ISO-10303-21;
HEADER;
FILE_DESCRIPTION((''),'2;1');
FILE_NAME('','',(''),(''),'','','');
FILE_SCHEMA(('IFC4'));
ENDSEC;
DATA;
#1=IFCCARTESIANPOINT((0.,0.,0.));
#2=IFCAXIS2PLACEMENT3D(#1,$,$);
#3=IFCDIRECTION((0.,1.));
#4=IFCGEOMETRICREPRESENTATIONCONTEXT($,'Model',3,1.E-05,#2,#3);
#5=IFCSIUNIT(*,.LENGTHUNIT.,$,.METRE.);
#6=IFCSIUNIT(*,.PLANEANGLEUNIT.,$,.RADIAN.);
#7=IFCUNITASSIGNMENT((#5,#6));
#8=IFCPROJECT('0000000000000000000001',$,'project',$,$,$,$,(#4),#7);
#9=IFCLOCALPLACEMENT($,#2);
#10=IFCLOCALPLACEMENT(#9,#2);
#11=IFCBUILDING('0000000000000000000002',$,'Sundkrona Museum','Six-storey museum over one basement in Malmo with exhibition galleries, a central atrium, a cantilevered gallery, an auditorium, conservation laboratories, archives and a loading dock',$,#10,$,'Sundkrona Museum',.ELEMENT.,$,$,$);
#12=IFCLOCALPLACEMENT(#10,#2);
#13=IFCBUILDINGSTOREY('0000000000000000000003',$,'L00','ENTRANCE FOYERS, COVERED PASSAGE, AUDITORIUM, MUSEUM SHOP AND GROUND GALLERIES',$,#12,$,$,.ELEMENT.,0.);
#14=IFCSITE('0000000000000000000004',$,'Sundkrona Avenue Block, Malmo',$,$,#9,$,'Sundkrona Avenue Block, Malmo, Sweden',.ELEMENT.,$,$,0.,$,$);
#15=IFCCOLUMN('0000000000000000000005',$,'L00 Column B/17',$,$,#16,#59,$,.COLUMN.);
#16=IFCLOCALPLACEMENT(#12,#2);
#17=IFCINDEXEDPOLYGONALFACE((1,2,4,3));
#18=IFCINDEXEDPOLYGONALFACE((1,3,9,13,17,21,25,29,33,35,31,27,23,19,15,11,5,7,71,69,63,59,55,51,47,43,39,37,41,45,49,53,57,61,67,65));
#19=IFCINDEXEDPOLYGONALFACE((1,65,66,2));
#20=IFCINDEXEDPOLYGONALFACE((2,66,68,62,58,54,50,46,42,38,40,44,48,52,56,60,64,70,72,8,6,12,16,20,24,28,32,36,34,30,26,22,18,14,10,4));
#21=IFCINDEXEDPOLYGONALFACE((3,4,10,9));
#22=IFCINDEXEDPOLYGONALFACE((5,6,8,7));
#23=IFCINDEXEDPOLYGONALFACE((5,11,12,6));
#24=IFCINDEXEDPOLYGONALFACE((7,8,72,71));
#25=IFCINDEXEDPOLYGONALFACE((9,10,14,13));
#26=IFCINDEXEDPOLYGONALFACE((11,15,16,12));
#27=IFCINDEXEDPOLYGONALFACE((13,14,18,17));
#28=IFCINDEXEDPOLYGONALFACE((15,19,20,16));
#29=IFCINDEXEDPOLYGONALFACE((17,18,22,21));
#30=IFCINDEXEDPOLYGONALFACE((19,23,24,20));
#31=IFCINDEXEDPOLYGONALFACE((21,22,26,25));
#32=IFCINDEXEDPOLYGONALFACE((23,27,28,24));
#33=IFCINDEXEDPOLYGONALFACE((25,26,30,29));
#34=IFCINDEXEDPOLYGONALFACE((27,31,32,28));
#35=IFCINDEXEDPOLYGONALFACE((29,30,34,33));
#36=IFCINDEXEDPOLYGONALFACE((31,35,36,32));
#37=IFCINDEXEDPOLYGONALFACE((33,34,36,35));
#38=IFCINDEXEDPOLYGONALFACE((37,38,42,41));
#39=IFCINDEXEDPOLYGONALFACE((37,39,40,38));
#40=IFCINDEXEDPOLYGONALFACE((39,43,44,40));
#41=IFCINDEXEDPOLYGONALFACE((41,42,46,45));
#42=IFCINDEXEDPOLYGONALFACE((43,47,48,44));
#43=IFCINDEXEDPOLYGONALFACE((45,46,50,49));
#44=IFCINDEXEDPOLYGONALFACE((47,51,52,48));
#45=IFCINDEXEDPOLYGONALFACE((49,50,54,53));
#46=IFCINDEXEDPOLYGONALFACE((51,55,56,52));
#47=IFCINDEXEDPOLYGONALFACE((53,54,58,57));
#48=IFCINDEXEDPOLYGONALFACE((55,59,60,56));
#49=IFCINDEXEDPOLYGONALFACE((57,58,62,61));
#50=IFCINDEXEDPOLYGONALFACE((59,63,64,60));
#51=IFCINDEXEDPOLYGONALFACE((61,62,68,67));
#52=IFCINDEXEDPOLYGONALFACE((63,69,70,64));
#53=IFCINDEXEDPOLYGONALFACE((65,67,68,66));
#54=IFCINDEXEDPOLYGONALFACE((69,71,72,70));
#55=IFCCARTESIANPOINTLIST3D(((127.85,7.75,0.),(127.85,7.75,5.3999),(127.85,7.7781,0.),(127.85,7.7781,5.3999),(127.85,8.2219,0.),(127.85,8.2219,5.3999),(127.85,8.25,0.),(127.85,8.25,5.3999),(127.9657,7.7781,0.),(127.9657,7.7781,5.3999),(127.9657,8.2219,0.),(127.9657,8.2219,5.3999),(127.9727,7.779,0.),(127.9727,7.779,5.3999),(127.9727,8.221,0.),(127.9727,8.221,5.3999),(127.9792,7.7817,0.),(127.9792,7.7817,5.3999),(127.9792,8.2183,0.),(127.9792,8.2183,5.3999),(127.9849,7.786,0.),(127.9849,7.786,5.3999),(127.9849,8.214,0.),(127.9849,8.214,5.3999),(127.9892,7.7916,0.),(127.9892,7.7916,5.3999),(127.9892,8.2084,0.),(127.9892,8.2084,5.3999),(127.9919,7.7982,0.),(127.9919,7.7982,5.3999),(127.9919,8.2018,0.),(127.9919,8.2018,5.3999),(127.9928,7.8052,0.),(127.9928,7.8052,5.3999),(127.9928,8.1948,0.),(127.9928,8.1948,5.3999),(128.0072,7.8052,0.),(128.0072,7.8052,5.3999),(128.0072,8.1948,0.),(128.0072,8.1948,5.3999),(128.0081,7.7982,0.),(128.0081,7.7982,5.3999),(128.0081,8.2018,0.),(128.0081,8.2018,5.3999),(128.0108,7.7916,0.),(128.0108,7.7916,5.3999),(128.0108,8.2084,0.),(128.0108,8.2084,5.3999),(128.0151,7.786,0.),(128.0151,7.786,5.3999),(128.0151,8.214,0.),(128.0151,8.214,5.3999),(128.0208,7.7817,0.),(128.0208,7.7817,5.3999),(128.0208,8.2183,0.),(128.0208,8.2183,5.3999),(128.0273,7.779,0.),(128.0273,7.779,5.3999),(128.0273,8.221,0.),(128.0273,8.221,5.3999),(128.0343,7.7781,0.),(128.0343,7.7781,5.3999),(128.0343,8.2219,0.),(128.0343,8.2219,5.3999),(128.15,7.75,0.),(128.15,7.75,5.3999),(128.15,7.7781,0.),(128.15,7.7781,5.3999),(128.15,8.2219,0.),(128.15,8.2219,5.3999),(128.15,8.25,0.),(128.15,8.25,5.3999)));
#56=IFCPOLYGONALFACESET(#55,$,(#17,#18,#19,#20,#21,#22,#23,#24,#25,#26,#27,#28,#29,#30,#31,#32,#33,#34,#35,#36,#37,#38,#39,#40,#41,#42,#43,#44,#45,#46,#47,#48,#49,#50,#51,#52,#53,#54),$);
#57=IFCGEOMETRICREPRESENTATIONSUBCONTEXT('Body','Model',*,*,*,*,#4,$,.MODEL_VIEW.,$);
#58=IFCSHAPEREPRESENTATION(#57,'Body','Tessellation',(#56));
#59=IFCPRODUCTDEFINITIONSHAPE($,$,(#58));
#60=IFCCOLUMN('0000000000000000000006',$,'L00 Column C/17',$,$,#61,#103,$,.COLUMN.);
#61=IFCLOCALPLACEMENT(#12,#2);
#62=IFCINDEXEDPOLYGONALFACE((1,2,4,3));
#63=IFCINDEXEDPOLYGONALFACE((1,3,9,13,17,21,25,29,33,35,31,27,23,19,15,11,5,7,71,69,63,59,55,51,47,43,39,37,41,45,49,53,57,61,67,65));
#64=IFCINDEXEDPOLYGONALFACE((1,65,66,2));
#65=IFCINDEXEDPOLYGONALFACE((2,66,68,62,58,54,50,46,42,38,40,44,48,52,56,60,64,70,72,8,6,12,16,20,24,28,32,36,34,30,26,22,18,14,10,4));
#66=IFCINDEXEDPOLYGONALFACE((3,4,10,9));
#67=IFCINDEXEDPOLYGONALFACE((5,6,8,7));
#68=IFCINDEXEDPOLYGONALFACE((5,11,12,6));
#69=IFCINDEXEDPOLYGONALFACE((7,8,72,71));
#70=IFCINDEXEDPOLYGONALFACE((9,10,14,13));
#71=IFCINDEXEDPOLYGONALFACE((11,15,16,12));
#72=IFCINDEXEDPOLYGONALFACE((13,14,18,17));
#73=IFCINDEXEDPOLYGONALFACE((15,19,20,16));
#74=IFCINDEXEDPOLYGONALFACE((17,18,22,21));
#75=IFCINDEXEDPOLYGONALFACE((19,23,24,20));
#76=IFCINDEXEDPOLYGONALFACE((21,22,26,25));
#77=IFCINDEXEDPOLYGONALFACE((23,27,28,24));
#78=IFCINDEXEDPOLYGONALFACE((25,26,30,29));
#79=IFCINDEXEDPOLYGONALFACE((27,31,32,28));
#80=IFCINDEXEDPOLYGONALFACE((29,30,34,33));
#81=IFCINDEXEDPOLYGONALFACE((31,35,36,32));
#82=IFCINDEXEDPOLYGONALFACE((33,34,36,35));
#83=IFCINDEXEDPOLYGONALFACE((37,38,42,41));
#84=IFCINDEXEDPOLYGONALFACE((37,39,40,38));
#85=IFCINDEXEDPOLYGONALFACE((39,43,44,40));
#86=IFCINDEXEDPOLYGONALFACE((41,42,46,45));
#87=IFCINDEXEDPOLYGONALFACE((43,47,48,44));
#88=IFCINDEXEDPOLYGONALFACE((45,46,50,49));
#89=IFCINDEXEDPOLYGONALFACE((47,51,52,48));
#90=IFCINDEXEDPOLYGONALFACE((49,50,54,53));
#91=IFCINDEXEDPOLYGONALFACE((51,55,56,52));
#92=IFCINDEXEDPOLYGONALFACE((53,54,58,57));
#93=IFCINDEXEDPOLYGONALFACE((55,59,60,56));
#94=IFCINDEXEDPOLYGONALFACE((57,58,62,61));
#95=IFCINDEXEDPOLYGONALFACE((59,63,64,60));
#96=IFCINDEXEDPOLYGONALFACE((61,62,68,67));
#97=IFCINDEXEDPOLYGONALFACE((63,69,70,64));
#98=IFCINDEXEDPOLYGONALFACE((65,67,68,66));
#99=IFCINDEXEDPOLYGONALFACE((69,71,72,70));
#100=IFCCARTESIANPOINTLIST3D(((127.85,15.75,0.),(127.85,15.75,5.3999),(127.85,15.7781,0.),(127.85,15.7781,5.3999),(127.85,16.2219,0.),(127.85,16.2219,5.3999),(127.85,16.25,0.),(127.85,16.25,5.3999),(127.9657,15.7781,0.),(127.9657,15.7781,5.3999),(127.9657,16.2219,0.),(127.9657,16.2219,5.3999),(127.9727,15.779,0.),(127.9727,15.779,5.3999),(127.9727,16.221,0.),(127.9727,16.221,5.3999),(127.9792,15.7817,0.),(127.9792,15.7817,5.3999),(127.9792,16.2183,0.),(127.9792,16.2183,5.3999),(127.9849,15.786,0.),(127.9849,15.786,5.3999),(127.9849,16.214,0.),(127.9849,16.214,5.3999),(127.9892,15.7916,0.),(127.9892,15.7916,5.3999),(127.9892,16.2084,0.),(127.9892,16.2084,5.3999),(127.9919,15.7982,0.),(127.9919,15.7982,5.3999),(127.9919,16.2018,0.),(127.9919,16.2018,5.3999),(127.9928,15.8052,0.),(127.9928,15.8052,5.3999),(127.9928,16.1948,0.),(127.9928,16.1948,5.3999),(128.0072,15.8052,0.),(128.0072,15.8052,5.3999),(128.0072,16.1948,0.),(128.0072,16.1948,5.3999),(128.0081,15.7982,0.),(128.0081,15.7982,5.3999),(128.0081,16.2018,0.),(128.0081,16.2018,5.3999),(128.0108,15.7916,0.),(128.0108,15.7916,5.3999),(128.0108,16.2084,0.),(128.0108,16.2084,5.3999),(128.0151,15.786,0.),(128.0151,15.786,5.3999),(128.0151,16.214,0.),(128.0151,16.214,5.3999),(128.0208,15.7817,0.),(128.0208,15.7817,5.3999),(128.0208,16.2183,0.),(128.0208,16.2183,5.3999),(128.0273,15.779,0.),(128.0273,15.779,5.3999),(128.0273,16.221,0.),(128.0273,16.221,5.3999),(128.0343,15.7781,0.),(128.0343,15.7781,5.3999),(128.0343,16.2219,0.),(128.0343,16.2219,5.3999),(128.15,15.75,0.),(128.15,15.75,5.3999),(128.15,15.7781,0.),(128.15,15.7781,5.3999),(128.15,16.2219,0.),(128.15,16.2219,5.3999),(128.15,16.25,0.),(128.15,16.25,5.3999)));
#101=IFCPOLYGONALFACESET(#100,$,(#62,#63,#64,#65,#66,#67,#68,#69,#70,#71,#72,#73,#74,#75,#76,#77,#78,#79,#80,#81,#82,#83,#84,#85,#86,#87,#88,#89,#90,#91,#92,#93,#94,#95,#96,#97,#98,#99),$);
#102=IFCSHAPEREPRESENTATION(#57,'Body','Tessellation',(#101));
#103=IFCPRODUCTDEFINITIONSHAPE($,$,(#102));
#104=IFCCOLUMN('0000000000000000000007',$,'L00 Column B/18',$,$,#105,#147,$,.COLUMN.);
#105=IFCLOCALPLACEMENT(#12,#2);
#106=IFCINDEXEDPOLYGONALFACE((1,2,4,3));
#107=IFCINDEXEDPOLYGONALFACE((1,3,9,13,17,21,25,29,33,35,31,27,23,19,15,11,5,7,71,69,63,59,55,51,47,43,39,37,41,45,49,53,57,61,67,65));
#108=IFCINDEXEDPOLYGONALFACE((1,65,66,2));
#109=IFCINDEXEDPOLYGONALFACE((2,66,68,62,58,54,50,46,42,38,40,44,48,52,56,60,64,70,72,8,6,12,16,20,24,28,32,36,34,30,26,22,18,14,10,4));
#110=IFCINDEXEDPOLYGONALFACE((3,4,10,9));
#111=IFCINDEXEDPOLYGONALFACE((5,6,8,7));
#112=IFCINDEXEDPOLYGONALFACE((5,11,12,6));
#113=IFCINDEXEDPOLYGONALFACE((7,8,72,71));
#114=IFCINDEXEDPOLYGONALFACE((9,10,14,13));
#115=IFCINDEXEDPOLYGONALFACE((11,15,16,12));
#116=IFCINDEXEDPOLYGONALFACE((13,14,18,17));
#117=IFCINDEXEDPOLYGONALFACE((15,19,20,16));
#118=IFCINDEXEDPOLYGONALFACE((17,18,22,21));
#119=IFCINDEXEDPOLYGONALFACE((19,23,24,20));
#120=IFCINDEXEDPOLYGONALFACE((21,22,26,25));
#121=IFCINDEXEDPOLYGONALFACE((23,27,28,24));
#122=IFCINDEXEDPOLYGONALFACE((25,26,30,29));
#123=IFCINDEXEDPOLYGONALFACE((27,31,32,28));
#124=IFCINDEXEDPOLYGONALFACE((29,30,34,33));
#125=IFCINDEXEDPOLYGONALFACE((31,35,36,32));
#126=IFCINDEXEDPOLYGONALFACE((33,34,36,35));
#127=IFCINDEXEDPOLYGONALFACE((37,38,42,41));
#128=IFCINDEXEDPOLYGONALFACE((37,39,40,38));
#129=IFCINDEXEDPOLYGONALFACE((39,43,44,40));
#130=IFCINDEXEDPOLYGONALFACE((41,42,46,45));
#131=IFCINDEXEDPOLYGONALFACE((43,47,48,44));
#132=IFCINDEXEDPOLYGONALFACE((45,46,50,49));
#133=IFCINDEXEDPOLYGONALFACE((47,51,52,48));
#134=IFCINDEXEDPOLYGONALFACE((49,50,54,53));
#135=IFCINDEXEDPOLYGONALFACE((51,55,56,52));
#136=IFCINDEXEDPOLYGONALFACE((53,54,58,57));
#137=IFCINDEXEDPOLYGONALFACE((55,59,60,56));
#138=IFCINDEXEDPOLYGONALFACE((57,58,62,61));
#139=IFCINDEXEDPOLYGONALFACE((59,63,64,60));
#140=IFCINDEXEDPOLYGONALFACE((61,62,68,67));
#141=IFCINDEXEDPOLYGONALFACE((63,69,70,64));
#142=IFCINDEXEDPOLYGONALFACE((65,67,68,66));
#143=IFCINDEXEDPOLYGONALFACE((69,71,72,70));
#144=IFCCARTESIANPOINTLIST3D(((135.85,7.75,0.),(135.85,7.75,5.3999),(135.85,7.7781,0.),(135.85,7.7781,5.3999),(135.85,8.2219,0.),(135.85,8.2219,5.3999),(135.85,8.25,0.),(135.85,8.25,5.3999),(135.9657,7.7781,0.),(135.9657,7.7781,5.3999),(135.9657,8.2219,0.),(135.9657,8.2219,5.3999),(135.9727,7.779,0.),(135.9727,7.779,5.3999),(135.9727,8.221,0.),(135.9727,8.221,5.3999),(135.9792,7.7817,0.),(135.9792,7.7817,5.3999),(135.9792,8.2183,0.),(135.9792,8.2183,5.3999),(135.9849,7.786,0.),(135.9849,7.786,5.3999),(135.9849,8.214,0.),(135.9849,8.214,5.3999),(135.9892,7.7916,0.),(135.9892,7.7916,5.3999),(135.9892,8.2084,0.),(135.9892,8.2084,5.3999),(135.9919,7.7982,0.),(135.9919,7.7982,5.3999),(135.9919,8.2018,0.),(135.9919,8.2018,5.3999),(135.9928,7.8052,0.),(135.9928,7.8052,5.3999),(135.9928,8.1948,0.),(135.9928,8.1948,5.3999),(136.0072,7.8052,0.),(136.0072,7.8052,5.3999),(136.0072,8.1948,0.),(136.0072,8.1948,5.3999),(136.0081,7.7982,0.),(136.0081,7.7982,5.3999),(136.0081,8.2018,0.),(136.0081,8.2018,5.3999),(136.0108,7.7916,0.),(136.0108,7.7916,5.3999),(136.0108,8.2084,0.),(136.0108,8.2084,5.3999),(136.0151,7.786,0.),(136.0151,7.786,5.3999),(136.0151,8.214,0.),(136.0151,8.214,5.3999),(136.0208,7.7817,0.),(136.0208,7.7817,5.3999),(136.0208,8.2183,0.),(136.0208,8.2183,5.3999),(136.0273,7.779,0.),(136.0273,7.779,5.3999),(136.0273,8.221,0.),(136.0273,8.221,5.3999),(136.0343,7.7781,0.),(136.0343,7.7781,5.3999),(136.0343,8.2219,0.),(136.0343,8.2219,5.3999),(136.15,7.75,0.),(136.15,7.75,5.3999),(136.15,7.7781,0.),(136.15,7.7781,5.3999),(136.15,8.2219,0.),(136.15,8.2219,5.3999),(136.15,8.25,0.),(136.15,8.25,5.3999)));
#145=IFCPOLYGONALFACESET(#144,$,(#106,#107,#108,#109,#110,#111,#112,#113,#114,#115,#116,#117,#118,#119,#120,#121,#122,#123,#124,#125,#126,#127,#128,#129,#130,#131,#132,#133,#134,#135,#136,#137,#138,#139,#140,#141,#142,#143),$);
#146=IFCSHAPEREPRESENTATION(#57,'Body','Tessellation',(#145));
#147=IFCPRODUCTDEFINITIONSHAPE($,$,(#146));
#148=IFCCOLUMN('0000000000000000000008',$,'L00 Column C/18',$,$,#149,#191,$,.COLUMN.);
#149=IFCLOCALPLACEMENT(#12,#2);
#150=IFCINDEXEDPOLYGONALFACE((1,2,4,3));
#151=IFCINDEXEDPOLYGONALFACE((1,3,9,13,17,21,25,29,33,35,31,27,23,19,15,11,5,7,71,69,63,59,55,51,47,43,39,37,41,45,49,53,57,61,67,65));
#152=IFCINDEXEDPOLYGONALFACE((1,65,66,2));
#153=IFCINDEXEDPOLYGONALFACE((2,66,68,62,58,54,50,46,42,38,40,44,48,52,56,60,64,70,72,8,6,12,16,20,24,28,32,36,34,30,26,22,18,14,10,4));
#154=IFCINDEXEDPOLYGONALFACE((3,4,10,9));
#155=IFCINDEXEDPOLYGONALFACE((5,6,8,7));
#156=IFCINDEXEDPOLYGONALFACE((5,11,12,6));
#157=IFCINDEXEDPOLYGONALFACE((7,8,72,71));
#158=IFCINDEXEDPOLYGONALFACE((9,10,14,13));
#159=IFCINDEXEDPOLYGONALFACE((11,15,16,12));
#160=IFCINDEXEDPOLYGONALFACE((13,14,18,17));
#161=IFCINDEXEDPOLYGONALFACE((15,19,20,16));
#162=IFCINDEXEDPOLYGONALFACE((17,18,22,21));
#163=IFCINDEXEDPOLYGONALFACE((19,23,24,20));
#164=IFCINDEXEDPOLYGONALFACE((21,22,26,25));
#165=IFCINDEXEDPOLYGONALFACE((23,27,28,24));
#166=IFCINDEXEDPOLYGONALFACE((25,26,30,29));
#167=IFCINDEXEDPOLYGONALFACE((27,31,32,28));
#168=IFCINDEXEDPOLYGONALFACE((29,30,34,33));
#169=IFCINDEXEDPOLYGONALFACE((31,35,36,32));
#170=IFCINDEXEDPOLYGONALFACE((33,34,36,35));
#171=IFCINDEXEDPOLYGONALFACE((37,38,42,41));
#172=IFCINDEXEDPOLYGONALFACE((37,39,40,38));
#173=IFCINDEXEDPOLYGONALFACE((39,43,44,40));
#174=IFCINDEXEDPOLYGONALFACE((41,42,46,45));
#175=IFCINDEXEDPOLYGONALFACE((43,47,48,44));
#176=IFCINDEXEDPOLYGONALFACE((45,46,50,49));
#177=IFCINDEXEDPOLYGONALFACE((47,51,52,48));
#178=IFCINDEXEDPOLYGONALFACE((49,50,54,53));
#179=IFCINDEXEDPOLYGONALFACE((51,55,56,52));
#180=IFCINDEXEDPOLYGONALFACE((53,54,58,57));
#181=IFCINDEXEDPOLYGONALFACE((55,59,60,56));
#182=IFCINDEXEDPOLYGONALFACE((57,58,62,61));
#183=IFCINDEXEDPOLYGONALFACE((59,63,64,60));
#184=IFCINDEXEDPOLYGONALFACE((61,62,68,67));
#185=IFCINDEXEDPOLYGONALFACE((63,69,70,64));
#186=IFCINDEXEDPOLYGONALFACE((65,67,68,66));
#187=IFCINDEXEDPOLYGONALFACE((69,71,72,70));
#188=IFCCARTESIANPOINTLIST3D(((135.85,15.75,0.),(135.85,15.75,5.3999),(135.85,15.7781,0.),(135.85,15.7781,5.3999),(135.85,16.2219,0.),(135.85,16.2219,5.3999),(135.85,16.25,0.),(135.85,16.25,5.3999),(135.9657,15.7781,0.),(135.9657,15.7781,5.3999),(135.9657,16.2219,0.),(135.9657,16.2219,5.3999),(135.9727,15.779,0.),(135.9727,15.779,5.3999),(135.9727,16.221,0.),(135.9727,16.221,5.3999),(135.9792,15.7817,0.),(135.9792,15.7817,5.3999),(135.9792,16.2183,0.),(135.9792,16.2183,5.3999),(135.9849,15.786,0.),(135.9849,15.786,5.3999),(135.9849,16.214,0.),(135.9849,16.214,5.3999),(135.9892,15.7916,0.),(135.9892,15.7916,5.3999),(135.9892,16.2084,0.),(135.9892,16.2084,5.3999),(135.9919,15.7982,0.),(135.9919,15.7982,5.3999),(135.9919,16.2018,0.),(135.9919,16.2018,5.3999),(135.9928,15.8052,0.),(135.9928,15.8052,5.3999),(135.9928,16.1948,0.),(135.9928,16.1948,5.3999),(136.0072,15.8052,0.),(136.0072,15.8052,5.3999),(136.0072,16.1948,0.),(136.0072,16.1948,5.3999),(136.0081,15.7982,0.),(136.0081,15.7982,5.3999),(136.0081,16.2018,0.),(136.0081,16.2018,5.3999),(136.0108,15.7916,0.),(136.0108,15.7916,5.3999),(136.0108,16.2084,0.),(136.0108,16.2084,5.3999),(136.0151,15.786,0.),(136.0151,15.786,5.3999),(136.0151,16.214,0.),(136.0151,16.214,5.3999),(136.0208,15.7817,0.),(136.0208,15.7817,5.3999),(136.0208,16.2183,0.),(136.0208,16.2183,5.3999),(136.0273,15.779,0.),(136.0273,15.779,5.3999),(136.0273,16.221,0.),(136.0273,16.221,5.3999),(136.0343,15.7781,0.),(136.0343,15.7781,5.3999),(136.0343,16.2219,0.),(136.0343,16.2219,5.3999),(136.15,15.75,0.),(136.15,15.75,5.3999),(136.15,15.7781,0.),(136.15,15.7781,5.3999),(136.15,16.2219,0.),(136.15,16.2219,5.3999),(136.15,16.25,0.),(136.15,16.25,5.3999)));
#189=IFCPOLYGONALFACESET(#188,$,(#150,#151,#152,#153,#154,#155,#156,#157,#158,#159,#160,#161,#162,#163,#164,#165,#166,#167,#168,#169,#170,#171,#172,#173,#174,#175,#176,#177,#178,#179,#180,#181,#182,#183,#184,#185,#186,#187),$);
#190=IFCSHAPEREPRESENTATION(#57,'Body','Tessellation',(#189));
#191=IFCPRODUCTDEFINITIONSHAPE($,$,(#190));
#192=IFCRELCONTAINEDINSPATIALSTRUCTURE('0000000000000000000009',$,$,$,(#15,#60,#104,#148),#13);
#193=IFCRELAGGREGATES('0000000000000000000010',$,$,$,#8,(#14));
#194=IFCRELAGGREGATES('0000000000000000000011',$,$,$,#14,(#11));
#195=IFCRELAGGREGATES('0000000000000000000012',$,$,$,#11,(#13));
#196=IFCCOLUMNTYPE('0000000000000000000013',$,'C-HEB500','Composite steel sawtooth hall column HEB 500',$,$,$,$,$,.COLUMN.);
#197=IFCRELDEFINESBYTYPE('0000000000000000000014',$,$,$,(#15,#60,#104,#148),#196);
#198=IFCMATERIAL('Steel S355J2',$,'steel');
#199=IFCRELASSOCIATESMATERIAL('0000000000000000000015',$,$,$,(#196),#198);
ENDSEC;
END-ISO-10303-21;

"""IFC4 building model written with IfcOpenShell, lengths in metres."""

from ifc_helpers import new_model, si_unit, direction, frame, origin, origin_2d, place, context, subcontext, project, spatial, i_section, extrude, material, material_profile, profile_set, type_object, element, save


model = new_model("IFC4")

# Units and contexts
model_context = context("Model", 3, precision=1e-05, world=origin(), true_north=direction((0.0, 1.0)))
body_context = subcontext(model_context, "Body", "Model", "MODEL_VIEW")
ifc_project = project(units=[si_unit("LENGTHUNIT", "METRE"), si_unit("PLANEANGLEUNIT", "RADIAN")], contexts=[model_context])

# Site, building, storey
site_placement = place(None, origin())
site = spatial("IfcSite", under=ifc_project, at=site_placement, Name="Sundkrona Avenue Block, Malmo", LongName="Sundkrona Avenue Block, Malmo, Sweden", CompositionType="ELEMENT", RefElevation=0.0)
building_placement = place(site_placement, origin())
building = spatial("IfcBuilding", under=site, at=building_placement, Name="Sundkrona Museum", Description="Six-storey museum over one basement in Malmo with exhibition galleries, a central atrium, a cantilevered gallery, an auditorium, conservation laboratories, archives and a loading dock", LongName="Sundkrona Museum", CompositionType="ELEMENT")
storey_placement = place(building_placement, origin())
storey = spatial("IfcBuildingStorey", under=building, at=storey_placement, Name="L00", Description="ENTRANCE FOYERS, COVERED PASSAGE, AUDITORIUM, MUSEUM SHOP AND GROUND GALLERIES", CompositionType="ELEMENT", Elevation=0.0)

# Columns
ifc_material_1 = material(Name="Steel S355J2", Category="steel")
ifc_material_profile_1 = material_profile(ifc_material_1, i_section(OverallWidth=0.3, OverallDepth=0.5, WebThickness=0.0144, FlangeThickness=0.0281, FilletRadius=0.0271, at=origin_2d()), Name="HEB 500")
ifc_profile_set_1 = profile_set([ifc_material_profile_1], Name="Steel S355J2")
column_type = type_object("IfcColumnType", Name="C-HEB500", Description="Composite steel sawtooth hall column HEB 500", PredefinedType="COLUMN", material=ifc_profile_set_1)
for number, where, z_axis, x_axis, name in (
    (1, (128.0, 8.0, 0.0), (0.0, 0.0, 1.0), (1.0, 0.0, 0.0), "L00 Column B/17"),
    (2, (128.0, 16.0, 0.0), (0.0, 0.0, 1.0), (1.0, 0.0, 0.0), "L00 Column C/17"),
    (3, (136.0, 8.0, 0.0), (0.0, 0.0, 1.0), (1.0, 0.0, 0.0), "L00 Column B/18"),
    (4, (136.0, 16.0, 0.0), (0.0, 0.0, 1.0), (1.0, 0.0, 0.0), "L00 Column C/18"),
):
    element("IfcColumn", number, at=place(storey_placement, frame(where, z_axis=z_axis, x_axis=x_axis)), inside=storey, type_object=column_type, Name=name, PredefinedType="COLUMN", context=body_context, shape_type="SweptSolid", body=[
        extrude(i_section(OverallWidth=0.3, OverallDepth=0.5, WebThickness=0.0144, FlangeThickness=0.0281, FilletRadius=0.0271, at=origin_2d()), origin(), (0.0, 0.0, 1.0), 5.3999),
    ])

save(model, "model.ifc")
